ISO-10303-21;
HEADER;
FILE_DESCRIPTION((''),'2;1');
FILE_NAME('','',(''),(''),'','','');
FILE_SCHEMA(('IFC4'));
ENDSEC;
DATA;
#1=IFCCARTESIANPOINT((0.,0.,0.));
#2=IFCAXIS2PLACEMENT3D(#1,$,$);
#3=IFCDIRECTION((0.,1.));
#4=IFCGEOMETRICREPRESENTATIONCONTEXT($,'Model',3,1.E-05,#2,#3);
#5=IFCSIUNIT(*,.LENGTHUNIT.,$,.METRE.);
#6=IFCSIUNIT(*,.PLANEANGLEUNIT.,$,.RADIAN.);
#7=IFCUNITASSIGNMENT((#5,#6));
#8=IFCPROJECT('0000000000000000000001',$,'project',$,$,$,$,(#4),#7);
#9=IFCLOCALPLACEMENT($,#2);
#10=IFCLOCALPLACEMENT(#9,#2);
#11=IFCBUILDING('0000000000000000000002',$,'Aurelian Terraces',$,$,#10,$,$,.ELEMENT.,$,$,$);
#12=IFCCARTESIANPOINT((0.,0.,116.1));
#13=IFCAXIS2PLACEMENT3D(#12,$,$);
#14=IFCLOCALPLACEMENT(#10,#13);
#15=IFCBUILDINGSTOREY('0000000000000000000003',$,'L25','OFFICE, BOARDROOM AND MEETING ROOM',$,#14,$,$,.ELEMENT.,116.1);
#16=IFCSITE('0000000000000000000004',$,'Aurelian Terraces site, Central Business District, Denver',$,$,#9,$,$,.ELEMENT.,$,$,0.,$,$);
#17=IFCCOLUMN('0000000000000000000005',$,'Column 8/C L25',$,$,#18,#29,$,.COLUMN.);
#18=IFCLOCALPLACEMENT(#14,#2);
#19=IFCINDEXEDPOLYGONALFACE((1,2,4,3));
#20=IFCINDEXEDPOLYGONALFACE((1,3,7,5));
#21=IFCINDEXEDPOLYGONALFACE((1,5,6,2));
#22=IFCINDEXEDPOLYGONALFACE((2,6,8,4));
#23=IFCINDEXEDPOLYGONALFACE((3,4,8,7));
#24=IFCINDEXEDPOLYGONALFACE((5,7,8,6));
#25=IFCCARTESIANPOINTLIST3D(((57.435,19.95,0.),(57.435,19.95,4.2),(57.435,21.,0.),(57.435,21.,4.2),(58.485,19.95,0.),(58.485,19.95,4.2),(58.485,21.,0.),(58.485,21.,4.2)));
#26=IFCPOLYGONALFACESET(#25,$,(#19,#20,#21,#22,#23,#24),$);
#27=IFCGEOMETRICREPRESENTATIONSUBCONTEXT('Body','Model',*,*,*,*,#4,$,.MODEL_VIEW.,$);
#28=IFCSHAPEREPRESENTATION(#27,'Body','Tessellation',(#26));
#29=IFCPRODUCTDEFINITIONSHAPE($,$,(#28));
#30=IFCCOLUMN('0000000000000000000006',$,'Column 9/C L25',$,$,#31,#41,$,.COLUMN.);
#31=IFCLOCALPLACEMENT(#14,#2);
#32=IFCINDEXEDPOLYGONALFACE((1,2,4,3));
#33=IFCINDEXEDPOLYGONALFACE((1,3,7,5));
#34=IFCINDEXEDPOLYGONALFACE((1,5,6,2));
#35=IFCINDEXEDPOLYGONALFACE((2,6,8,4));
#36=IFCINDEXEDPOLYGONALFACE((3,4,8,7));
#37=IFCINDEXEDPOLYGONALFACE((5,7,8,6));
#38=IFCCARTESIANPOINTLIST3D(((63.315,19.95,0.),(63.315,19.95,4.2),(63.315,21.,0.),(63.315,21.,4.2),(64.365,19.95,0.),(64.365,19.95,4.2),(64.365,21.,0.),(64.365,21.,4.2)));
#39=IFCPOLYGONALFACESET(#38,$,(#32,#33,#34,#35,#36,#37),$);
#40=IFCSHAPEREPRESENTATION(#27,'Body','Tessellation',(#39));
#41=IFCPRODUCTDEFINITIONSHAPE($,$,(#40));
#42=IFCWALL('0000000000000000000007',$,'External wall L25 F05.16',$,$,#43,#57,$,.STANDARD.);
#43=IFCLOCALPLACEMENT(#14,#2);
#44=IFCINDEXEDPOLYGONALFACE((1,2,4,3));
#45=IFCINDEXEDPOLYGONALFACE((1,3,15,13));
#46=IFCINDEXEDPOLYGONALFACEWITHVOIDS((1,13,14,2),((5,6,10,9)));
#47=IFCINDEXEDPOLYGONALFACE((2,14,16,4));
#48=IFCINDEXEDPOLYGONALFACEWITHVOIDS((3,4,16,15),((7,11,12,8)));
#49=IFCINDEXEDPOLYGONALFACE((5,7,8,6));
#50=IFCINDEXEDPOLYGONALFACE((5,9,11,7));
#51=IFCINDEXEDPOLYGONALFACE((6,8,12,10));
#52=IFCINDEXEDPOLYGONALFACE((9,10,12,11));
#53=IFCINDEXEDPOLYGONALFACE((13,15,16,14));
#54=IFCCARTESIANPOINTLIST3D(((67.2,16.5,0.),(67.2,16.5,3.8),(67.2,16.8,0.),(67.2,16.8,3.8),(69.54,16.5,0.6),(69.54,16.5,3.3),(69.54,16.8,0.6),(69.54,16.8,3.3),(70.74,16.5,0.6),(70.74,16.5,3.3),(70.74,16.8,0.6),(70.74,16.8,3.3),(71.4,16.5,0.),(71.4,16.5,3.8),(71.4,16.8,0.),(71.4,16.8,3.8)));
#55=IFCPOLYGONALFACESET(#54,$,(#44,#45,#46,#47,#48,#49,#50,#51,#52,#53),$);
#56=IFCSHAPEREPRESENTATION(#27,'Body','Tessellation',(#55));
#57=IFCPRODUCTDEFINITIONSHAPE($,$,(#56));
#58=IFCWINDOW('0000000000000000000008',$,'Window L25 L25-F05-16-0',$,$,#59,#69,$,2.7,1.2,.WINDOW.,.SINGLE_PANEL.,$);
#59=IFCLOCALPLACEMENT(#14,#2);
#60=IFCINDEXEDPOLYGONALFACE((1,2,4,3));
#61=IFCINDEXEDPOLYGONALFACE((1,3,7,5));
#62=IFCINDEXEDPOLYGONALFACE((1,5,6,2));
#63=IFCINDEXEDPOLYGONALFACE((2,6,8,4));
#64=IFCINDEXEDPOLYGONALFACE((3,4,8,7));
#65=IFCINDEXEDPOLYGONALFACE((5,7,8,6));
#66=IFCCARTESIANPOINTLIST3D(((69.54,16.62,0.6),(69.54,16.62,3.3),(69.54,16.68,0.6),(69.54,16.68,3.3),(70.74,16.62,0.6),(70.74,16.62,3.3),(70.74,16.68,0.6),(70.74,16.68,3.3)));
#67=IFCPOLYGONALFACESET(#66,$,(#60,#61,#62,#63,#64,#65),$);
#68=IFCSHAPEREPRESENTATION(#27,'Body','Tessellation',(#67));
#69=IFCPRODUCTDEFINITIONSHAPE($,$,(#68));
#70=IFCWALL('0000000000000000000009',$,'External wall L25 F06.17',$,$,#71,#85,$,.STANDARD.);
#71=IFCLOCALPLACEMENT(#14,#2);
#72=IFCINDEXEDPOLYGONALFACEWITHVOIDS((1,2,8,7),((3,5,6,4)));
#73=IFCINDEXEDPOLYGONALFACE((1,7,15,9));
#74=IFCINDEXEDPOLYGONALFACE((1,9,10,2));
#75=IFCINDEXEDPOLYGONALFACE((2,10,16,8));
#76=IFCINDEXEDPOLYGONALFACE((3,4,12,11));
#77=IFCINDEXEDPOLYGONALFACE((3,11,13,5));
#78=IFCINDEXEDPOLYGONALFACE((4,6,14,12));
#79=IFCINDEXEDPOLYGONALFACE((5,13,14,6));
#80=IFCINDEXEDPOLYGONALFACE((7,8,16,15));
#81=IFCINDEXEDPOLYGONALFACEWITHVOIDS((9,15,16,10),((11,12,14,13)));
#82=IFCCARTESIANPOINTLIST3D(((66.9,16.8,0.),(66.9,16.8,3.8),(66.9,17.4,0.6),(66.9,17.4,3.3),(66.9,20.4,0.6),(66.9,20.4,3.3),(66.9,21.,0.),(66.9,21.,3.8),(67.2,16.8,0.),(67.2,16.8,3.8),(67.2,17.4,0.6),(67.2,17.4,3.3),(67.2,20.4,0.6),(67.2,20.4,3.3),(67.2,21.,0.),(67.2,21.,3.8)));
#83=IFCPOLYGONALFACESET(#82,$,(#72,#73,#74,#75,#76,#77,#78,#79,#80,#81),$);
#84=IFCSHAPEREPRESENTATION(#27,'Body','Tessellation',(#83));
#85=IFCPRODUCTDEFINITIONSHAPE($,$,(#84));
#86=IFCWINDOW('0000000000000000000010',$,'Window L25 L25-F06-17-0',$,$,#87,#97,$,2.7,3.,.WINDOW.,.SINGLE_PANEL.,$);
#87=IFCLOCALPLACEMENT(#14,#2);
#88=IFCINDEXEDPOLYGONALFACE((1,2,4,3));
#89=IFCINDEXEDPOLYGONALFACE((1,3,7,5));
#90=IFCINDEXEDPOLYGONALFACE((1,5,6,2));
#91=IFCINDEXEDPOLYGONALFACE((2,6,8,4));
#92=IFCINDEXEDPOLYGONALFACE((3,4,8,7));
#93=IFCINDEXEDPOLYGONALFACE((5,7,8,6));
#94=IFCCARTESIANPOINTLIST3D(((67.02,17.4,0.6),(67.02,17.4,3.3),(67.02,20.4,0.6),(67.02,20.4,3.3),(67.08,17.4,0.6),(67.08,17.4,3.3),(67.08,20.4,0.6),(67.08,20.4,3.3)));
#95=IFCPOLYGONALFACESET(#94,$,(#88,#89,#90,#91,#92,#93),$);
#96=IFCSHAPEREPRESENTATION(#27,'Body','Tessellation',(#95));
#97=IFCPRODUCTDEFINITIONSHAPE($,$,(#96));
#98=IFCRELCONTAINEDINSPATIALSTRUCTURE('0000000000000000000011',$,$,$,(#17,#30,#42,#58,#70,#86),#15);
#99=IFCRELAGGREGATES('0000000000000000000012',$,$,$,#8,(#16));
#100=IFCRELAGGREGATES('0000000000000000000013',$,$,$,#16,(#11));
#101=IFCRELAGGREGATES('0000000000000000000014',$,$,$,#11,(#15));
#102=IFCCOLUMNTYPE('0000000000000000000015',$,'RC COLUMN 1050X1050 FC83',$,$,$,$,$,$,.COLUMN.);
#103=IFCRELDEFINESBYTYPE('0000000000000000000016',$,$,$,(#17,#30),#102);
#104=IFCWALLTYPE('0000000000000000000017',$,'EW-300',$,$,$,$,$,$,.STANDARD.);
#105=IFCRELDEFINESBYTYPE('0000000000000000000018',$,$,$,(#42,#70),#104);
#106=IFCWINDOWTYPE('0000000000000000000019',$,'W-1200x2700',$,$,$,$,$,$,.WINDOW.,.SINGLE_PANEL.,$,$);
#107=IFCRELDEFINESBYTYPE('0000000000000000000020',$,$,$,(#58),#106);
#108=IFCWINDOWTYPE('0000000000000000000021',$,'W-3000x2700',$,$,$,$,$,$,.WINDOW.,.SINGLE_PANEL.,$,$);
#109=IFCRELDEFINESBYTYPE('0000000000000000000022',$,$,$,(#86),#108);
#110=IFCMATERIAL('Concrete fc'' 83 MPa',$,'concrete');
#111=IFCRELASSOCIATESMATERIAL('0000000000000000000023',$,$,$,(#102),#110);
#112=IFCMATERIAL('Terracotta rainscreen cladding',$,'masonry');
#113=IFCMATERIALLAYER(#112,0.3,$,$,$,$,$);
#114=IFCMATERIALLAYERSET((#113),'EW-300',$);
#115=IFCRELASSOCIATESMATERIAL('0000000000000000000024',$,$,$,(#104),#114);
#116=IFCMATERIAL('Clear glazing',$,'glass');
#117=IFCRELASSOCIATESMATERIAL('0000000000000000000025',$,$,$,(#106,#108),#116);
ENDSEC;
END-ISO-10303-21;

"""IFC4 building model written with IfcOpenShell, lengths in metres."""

from ifc_helpers import new_model, si_unit, direction, frame, frame_2d, origin, origin_2d, place, context, subcontext, project, spatial, rectangle, extrude, source, transform, mapped, material, layer, layer_set, material_profile, profile_set, type_object, element, fill, save


model = new_model("IFC4")

# Units and contexts
model_context = context("Model", 3, precision=1e-05, world=origin(), true_north=direction((0.0, 1.0)))
body_context = subcontext(model_context, "Body", "Model", "MODEL_VIEW")
ifc_project = project(units=[si_unit("LENGTHUNIT", "METRE"), si_unit("PLANEANGLEUNIT", "RADIAN")], contexts=[model_context])

# Site, building, storey
site_placement = place(None, origin())
site = spatial("IfcSite", under=ifc_project, at=site_placement, Name="Aurelian Terraces site, Central Business District, Denver", CompositionType="ELEMENT", RefElevation=0.0)
building_placement = place(site_placement, origin())
building = spatial("IfcBuilding", under=site, at=building_placement, Name="Aurelian Terraces", CompositionType="ELEMENT")
storey_placement = place(building_placement, frame((0.0, 0.0, 116.1)))
storey = spatial("IfcBuildingStorey", under=building, at=storey_placement, Name="L25", Description="OFFICE, BOARDROOM AND MEETING ROOM", CompositionType="ELEMENT", Elevation=116.1)

# Columns
ifc_material_1 = material(Name="Concrete fc' 83 MPa", Category="concrete")
ifc_material_profile = material_profile(ifc_material_1, rectangle(XDim=1.05, YDim=1.05, at=origin_2d()))
ifc_profile_set = profile_set([ifc_material_profile], Name="Concrete fc' 83 MPa")
column_type = type_object("IfcColumnType", Name="RC COLUMN 1050X1050 FC83", PredefinedType="COLUMN", material=ifc_profile_set)
shared_shape_1 = source(origin(), body_context, "Body", "SweptSolid", [
    extrude(rectangle(XDim=1.05, YDim=1.05, at=origin_2d()), origin(), (0.0, 0.0, 1.0), 4.2),
])
for number, where, z_axis, x_axis, name in (
    (1, (57.96, 20.475, 0.0), (0.0, 0.0, 1.0), (1.0, 0.0, 0.0), "Column 8/C L25"),
    (2, (63.84, 20.475, 0.0), (0.0, 0.0, 1.0), (1.0, 0.0, 0.0), "Column 9/C L25"),
):
    element("IfcColumn", number, at=place(storey_placement, frame(where, z_axis=z_axis, x_axis=x_axis)), inside=storey, type_object=column_type, Name=name, PredefinedType="COLUMN", context=body_context, shape_type="MappedRepresentation", body=[
        mapped(shared_shape_1, transform((0.0, 0.0, 0.0), scale=1.0)),
    ])

# Walls, openings, windows
ifc_material_2 = material(Name="Terracotta rainscreen cladding", Category="masonry")
ifc_layer_1 = layer(ifc_material_2, 0.3)
ifc_layer_set_1 = layer_set([ifc_layer_1], Name="EW-300")
wall_type_1 = type_object("IfcWallType", Name="EW-300", PredefinedType="STANDARD", material=ifc_layer_set_1)
shared_shape_2 = source(origin(), body_context, "Body", "SweptSolid", [
    extrude(rectangle(XDim=4.2, YDim=0.3, at=frame_2d((2.1, 0.0))), origin(), (0.0, 0.0, 1.0), 3.8),
])
wall_1_placement = place(storey_placement, frame((71.4, 16.65, 0.0), z_axis=(0.0, 0.0, 1.0), x_axis=(-1.0, 0.0, 0.0)))
wall_1 = element("IfcWall", 3, at=wall_1_placement, inside=storey, type_object=wall_type_1, Name="External wall L25 F05.16", PredefinedType="STANDARD", context=body_context, shape_type="MappedRepresentation", body=[
    mapped(shared_shape_2, transform((0.0, 0.0, 0.0), scale=1.0)),
])
shared_shape_3 = source(origin(), body_context, "Body", "SweptSolid", [
    extrude(rectangle(XDim=1.2, YDim=2.7, at=frame_2d((0.6, 1.35))), frame((0.0, 0.16, 0.0), z_axis=(0.0, -1.0, 0.0), x_axis=(1.0, 0.0, 0.0)), (0.0, 0.0, 1.0), 0.32),
])
opening_1_placement = place(wall_1_placement, frame((0.66, 0.0, 0.6)))
opening_1 = element("IfcOpeningElement", 4, at=opening_1_placement, cuts=wall_1, PredefinedType="OPENING", context=body_context, shape_type="MappedRepresentation", body=[
    mapped(shared_shape_3, transform((0.0, 0.0, 0.0), scale=1.0)),
])
ifc_material_3 = material(Name="Clear glazing", Category="glass")
window_type_1 = type_object("IfcWindowType", Name="W-1200x2700", PartitioningType="SINGLE_PANEL", PredefinedType="WINDOW", material=ifc_material_3)
shared_shape_4 = source(origin(), body_context, "Body", "SweptSolid", [
    extrude(rectangle(XDim=1.2, YDim=2.7, at=frame_2d((0.6, 1.35))), frame((0.0, 0.03, 0.0), z_axis=(0.0, -1.0, 0.0), x_axis=(1.0, 0.0, 0.0)), (0.0, 0.0, 1.0), 0.06),
])
window_1_placement = place(opening_1_placement, origin())
window_1 = element("IfcWindow", 5, at=window_1_placement, inside=storey, type_object=window_type_1, Name="Window L25 L25-F05-16-0", OverallHeight=2.7, OverallWidth=1.2, PartitioningType="SINGLE_PANEL", PredefinedType="WINDOW", context=body_context, shape_type="MappedRepresentation", body=[
    mapped(shared_shape_4, transform((0.0, 0.0, 0.0), scale=1.0)),
])
fill(opening_1, window_1)
wall_2_placement = place(storey_placement, frame((67.05, 16.8, 0.0), z_axis=(0.0, 0.0, 1.0), x_axis=(0.0, 1.0, 0.0)))
wall_2 = element("IfcWall", 6, at=wall_2_placement, inside=storey, type_object=wall_type_1, Name="External wall L25 F06.17", PredefinedType="STANDARD", context=body_context, shape_type="MappedRepresentation", body=[
    mapped(shared_shape_2, transform((0.0, 0.0, 0.0), scale=1.0)),
])
shared_shape_5 = source(origin(), body_context, "Body", "SweptSolid", [
    extrude(rectangle(XDim=3.0, YDim=2.7, at=frame_2d((1.5, 1.35))), frame((0.0, 0.16, 0.0), z_axis=(0.0, -1.0, 0.0), x_axis=(1.0, 0.0, 0.0)), (0.0, 0.0, 1.0), 0.32),
])
opening_2_placement = place(wall_2_placement, frame((0.6, 0.0, 0.6)))
opening_2 = element("IfcOpeningElement", 7, at=opening_2_placement, cuts=wall_2, PredefinedType="OPENING", context=body_context, shape_type="MappedRepresentation", body=[
    mapped(shared_shape_5, transform((0.0, 0.0, 0.0), scale=1.0)),
])
window_type_2 = type_object("IfcWindowType", Name="W-3000x2700", PartitioningType="SINGLE_PANEL", PredefinedType="WINDOW", material=ifc_material_3)
shared_shape_6 = source(origin(), body_context, "Body", "SweptSolid", [
    extrude(rectangle(XDim=3.0, YDim=2.7, at=frame_2d((1.5, 1.35))), frame((0.0, 0.03, 0.0), z_axis=(0.0, -1.0, 0.0), x_axis=(1.0, 0.0, 0.0)), (0.0, 0.0, 1.0), 0.06),
])
window_2_placement = place(opening_2_placement, origin())
window_2 = element("IfcWindow", 8, at=window_2_placement, inside=storey, type_object=window_type_2, Name="Window L25 L25-F06-17-0", OverallHeight=2.7, OverallWidth=3.0, PartitioningType="SINGLE_PANEL", PredefinedType="WINDOW", context=body_context, shape_type="MappedRepresentation", body=[
    mapped(shared_shape_6, transform((0.0, 0.0, 0.0), scale=1.0)),
])
fill(opening_2, window_2)

save(model, "model.ifc")
